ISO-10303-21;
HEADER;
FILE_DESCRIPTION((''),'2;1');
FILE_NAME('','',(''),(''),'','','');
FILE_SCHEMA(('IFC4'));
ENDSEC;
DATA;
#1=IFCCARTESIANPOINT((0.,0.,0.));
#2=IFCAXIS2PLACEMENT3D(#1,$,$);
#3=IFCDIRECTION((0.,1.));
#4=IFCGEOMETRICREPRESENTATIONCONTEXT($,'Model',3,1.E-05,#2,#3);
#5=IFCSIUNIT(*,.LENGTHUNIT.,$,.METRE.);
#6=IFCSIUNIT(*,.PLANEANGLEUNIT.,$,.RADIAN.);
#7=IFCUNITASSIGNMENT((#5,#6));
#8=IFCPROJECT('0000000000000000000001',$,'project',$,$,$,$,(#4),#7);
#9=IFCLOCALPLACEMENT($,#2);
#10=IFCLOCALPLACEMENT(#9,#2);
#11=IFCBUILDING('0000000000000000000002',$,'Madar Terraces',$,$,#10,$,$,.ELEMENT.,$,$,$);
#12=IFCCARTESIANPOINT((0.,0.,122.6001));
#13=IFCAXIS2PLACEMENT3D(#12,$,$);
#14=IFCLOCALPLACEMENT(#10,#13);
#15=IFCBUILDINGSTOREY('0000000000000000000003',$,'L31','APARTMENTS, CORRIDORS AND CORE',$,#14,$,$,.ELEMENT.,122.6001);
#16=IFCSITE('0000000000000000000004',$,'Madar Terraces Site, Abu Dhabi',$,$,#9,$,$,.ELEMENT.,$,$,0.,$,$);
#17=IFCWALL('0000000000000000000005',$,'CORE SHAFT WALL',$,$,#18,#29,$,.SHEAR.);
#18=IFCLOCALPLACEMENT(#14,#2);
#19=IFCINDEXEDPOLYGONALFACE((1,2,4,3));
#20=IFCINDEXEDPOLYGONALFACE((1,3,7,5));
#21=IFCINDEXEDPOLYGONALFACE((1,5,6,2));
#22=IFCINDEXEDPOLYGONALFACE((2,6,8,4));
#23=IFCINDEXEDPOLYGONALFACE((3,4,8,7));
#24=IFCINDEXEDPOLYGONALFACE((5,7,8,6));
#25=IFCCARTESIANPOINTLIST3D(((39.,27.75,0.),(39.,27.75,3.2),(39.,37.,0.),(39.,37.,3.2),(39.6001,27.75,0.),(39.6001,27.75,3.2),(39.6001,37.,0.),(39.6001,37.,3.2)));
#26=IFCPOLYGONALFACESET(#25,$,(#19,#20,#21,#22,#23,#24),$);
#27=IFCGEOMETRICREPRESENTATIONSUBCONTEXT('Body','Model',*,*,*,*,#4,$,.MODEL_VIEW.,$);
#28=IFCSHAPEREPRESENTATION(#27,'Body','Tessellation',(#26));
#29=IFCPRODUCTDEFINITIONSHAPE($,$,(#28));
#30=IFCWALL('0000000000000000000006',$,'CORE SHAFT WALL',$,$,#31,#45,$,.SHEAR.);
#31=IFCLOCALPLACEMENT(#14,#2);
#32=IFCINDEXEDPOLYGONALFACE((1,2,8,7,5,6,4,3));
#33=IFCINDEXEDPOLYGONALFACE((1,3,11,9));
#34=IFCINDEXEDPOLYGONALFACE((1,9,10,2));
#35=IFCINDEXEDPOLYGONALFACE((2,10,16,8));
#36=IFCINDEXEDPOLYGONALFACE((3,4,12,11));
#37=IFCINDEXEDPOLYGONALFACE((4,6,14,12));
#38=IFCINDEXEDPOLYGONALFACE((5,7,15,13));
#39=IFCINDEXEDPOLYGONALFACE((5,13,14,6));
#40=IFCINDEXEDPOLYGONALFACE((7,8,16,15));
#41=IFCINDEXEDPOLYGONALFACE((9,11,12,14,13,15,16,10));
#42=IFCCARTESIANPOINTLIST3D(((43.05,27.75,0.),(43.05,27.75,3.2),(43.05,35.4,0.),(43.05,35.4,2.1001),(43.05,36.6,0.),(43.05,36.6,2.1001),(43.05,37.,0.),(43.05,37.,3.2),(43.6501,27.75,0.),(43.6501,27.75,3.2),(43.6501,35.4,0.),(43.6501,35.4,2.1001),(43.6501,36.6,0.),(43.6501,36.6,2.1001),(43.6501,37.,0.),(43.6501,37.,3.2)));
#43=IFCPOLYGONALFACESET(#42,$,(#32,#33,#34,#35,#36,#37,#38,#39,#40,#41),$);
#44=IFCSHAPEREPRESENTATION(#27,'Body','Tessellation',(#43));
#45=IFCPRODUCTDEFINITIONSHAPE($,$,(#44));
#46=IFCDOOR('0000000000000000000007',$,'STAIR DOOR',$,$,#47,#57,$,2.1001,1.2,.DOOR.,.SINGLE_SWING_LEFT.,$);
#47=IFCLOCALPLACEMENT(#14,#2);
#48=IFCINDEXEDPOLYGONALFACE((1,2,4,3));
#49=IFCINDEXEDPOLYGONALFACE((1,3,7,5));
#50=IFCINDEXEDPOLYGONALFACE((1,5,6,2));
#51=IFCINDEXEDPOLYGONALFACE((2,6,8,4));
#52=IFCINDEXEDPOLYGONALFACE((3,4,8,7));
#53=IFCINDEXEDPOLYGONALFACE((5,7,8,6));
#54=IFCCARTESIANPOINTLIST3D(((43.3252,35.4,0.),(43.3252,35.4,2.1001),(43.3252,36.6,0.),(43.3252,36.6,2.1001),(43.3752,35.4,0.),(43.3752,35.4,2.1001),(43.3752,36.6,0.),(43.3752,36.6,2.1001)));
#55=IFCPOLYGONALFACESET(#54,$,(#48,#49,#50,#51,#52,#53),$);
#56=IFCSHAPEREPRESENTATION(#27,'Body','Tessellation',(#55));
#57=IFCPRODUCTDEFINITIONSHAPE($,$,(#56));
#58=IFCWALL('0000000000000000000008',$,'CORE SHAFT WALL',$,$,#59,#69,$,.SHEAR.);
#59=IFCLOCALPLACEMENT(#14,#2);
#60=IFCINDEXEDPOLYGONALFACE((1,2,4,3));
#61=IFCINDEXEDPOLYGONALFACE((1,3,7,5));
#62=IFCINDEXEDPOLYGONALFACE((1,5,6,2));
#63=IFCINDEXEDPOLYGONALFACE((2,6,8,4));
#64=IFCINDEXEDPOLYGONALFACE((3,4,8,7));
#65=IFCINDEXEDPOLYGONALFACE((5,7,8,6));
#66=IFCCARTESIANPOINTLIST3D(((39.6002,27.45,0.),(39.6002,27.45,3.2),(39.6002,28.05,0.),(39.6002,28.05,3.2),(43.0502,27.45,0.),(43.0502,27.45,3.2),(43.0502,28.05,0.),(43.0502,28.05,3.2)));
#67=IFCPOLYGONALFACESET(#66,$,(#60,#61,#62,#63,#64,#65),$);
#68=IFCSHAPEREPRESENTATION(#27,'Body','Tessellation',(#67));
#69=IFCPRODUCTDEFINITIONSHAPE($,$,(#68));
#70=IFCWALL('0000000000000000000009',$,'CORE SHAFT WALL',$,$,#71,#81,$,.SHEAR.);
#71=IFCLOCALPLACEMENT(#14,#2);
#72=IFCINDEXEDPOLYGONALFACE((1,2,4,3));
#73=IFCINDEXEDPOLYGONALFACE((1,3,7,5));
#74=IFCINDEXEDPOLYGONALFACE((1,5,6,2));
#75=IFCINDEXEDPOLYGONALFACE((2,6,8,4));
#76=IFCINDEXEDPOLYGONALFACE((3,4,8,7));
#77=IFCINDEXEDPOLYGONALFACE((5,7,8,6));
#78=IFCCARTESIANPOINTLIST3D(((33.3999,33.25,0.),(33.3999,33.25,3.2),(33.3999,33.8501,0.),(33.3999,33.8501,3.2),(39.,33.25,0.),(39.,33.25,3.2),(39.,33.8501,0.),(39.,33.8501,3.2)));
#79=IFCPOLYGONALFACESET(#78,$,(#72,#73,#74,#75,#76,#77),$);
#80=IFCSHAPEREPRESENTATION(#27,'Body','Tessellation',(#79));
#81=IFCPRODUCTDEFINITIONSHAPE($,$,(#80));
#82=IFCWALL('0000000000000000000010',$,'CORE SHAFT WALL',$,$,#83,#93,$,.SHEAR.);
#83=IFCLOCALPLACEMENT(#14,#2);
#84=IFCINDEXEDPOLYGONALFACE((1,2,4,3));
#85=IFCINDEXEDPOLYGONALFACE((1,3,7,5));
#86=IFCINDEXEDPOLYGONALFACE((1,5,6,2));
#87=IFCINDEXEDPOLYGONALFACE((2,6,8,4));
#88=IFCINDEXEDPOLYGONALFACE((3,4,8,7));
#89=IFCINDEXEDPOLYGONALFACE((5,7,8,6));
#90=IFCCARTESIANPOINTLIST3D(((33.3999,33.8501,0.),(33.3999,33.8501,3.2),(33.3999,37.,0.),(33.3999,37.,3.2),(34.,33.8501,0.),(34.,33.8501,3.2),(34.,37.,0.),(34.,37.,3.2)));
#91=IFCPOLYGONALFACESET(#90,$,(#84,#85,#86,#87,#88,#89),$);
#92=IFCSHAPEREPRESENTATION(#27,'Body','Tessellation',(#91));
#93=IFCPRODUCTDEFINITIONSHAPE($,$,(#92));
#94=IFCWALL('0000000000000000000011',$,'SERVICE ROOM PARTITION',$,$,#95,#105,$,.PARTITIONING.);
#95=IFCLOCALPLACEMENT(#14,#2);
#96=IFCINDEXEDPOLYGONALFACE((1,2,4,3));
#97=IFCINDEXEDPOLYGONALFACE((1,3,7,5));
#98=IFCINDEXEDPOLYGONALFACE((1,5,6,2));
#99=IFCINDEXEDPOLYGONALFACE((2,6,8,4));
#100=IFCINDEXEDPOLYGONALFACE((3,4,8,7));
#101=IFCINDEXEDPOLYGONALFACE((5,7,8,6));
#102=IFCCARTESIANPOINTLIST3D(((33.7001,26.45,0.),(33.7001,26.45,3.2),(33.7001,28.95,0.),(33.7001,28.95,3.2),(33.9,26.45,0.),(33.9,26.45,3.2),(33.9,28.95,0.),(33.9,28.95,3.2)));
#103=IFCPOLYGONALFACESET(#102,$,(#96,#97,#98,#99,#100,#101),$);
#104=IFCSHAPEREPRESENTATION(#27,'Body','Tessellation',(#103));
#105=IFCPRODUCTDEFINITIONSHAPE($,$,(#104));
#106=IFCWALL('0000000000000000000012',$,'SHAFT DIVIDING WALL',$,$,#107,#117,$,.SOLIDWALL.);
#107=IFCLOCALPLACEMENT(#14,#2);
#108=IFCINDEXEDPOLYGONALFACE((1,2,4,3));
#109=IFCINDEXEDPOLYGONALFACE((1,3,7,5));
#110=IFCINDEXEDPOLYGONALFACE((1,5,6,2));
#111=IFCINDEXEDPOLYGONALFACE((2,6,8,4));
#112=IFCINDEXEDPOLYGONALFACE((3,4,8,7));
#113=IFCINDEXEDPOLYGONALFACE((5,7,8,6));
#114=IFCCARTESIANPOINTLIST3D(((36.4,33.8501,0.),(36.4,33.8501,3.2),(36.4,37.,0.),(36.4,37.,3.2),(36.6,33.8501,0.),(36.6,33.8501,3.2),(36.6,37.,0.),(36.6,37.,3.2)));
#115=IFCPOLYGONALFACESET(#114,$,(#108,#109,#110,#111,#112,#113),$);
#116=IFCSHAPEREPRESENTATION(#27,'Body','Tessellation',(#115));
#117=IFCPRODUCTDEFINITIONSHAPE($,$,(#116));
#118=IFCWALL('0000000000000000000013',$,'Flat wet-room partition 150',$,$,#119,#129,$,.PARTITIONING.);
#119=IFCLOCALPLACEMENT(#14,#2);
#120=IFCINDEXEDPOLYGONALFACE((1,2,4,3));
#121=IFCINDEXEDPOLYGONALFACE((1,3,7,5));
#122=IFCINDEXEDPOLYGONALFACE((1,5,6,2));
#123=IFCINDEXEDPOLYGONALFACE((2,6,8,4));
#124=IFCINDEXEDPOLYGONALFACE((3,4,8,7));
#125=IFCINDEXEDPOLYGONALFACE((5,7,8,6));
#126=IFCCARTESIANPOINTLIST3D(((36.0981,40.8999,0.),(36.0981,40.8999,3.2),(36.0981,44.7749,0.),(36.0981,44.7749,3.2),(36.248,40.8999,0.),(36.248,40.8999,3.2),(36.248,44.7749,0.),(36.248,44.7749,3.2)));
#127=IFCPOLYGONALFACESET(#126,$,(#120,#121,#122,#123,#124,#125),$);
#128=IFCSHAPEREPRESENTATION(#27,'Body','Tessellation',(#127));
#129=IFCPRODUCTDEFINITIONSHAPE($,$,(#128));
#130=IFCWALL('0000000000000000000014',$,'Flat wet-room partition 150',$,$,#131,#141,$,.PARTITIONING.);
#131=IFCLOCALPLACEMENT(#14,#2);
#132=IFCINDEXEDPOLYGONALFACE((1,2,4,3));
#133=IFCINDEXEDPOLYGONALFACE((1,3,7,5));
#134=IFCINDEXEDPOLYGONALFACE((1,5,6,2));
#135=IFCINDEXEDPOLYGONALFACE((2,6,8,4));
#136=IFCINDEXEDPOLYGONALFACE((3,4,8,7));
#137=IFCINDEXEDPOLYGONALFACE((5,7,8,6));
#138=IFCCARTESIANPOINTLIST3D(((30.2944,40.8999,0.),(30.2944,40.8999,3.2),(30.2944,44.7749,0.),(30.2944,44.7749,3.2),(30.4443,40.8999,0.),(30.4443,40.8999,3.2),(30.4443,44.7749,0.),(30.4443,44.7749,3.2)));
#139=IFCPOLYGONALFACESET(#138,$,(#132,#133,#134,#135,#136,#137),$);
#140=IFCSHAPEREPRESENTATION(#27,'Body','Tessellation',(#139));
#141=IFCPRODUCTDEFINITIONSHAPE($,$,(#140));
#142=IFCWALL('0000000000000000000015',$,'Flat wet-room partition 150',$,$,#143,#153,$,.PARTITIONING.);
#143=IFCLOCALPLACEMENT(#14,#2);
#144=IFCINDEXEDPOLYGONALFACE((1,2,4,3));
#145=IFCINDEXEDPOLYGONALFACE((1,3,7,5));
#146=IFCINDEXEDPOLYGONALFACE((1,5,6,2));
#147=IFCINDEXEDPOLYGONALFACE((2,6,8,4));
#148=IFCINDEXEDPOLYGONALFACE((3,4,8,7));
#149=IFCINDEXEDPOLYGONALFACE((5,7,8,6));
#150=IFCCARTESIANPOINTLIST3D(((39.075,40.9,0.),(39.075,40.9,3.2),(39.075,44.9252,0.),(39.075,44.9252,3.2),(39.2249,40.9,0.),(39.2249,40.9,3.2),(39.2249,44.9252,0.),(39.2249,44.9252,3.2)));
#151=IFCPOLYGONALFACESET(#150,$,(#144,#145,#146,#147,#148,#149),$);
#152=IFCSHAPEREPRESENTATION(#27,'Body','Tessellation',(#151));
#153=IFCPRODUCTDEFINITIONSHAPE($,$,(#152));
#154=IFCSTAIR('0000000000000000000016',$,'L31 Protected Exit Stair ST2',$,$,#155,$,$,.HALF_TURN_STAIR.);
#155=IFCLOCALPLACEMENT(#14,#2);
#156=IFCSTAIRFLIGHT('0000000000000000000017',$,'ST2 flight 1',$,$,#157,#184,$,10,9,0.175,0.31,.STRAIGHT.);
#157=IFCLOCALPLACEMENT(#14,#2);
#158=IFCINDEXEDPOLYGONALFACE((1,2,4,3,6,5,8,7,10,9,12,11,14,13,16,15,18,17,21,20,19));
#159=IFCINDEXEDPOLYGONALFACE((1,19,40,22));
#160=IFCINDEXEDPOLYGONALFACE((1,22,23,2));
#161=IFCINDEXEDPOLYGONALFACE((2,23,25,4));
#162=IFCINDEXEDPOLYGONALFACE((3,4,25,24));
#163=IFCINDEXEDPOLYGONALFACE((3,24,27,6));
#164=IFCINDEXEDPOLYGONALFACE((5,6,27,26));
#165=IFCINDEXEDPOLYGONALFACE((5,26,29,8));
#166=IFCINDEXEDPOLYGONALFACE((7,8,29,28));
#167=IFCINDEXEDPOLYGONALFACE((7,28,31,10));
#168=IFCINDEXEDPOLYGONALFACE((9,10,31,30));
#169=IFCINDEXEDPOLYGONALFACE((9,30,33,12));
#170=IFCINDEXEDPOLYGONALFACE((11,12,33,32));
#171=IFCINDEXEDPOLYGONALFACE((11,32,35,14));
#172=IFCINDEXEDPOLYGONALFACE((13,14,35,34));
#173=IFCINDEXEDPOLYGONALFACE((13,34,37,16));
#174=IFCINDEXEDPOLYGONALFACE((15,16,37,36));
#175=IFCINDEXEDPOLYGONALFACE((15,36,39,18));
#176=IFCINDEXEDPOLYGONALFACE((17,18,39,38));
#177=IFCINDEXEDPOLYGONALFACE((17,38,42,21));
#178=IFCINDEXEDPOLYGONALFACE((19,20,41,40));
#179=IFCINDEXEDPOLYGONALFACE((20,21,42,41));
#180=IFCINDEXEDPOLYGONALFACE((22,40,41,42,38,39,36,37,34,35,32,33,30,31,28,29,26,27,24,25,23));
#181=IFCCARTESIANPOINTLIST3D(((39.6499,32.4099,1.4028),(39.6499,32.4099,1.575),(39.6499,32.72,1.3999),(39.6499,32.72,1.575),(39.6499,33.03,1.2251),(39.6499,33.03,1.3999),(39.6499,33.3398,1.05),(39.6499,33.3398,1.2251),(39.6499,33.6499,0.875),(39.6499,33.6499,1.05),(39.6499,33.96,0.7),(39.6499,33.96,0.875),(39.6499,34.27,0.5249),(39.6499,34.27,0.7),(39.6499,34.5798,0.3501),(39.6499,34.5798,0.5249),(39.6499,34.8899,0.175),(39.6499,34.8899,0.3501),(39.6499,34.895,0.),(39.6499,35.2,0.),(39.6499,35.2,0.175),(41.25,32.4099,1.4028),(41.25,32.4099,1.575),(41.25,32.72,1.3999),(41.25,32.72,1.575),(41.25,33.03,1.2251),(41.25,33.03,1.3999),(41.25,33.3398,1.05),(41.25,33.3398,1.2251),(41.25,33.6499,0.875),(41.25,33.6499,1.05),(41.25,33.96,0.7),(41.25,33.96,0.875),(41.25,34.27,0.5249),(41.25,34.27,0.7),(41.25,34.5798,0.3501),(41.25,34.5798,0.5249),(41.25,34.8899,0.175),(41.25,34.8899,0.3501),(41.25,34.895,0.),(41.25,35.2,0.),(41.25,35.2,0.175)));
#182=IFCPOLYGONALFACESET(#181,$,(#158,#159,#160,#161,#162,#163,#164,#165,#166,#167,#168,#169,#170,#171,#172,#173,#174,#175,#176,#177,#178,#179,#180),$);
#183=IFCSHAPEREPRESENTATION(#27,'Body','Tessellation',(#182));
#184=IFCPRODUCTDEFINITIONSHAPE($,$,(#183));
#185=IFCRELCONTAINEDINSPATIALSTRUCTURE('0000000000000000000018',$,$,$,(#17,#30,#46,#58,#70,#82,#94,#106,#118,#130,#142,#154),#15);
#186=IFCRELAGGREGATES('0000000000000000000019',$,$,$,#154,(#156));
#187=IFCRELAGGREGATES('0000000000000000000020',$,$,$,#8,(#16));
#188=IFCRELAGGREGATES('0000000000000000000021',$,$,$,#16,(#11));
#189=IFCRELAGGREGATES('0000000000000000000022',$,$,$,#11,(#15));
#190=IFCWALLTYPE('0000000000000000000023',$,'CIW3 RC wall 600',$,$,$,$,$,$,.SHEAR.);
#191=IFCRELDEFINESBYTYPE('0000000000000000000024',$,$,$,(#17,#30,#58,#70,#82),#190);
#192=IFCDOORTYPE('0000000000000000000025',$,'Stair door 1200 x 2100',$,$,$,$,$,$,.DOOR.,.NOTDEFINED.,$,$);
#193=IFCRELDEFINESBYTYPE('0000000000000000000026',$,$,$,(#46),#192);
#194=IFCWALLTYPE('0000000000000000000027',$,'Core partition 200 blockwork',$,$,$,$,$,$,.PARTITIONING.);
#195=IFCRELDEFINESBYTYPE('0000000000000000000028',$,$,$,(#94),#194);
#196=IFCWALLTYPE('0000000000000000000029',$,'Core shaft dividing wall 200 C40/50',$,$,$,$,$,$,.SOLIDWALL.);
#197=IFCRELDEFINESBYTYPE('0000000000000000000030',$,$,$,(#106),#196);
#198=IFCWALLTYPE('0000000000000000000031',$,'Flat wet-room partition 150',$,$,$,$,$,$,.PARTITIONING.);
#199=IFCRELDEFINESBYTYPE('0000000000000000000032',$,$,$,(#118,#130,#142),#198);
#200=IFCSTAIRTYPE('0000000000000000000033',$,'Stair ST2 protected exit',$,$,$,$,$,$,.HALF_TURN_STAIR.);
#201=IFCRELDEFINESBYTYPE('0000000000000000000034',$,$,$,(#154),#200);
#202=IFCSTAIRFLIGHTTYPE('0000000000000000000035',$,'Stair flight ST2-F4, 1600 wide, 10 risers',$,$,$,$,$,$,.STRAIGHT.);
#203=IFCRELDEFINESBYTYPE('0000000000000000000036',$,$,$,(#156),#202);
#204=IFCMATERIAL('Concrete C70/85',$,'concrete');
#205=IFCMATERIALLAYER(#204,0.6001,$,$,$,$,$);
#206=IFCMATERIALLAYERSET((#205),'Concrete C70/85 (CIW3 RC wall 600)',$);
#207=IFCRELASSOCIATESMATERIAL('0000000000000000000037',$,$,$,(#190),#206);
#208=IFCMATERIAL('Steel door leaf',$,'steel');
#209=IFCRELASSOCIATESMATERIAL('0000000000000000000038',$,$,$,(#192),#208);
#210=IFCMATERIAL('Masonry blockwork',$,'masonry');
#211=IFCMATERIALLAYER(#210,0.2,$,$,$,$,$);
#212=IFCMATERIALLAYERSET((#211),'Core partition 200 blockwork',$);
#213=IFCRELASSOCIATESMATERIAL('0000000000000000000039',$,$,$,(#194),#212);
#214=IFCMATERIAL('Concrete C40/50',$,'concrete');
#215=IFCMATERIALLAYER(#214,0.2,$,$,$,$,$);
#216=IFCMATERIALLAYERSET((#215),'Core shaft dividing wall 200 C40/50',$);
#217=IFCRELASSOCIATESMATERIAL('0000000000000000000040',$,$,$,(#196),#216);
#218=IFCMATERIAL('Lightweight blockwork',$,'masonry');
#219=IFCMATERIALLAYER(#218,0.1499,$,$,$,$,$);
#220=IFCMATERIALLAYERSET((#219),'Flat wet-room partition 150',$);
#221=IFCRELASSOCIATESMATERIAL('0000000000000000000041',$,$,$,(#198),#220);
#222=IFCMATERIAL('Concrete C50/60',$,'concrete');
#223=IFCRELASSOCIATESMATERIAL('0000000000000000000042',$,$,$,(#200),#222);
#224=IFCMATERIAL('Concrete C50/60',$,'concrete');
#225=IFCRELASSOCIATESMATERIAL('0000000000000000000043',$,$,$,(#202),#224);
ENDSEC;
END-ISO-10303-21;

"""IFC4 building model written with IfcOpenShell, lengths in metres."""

from ifc_helpers import new_model, si_unit, direction, frame, frame_2d, origin, place, context, subcontext, project, spatial, polyline, rectangle, outline, extrude, material, layer, layer_set, type_object, element, fill, aggregate, save


model = new_model("IFC4")

# Units and contexts
model_context = context("Model", 3, precision=1e-05, world=origin(), true_north=direction((0.0, 1.0)))
body_context = subcontext(model_context, "Body", "Model", "MODEL_VIEW")
ifc_project = project(units=[si_unit("LENGTHUNIT", "METRE"), si_unit("PLANEANGLEUNIT", "RADIAN")], contexts=[model_context])

# Site, building, storey
site_placement = place(None, origin())
site = spatial("IfcSite", under=ifc_project, at=site_placement, Name="Madar Terraces Site, Abu Dhabi", CompositionType="ELEMENT", RefElevation=0.0)
building_placement = place(site_placement, origin())
building = spatial("IfcBuilding", under=site, at=building_placement, Name="Madar Terraces", CompositionType="ELEMENT")
storey_placement = place(building_placement, frame((0.0, 0.0, 122.6001)))
storey = spatial("IfcBuildingStorey", under=building, at=storey_placement, Name="L31", Description="APARTMENTS, CORRIDORS AND CORE", CompositionType="ELEMENT", Elevation=122.6001)

# Wall
ifc_material_1 = material(Name="Concrete C70/85", Category="concrete")
ifc_layer_1 = layer(ifc_material_1, 0.6001)
ifc_layer_set_1 = layer_set([ifc_layer_1], Name="Concrete C70/85 (CIW3 RC wall 600)")
wall_type_1 = type_object("IfcWallType", Name="CIW3 RC wall 600", PredefinedType="SHEAR", material=ifc_layer_set_1)
wall_1_placement = place(storey_placement, frame((39.3, 27.75, 0.0), z_axis=(0.0, 0.0, 1.0), x_axis=(0.0, 1.0, 0.0)))
element("IfcWall", 1, at=wall_1_placement, inside=storey, type_object=wall_type_1, Name="CORE SHAFT WALL", PredefinedType="SHEAR", context=body_context, shape_type="SweptSolid", body=[
    extrude(rectangle(XDim=9.25, YDim=0.6001, at=frame_2d((4.625, 0.0))), origin(), (0.0, 0.0, 1.0), 3.2),
])

# Wall, opening, door
wall_2_placement = place(storey_placement, frame((43.3501, 27.75, 0.0), z_axis=(0.0, 0.0, 1.0), x_axis=(0.0, 1.0, 0.0)))
wall_2 = element("IfcWall", 2, at=wall_2_placement, inside=storey, type_object=wall_type_1, Name="CORE SHAFT WALL", PredefinedType="SHEAR", context=body_context, shape_type="SweptSolid", body=[
    extrude(rectangle(XDim=9.25, YDim=0.6001, at=frame_2d((4.625, 0.0))), origin(), (0.0, 0.0, 1.0), 3.2),
])
opening_placement = place(wall_2_placement, frame((7.6499, 0.0, 0.0)))
opening = element("IfcOpeningElement", 3, at=opening_placement, cuts=wall_2, PredefinedType="OPENING", context=body_context, shape_type="SweptSolid", body=[
    extrude(rectangle(XDim=1.2, YDim=2.1001, at=frame_2d((0.6001, 1.05))), frame((0.0, 0.3101, 0.0), z_axis=(0.0, -1.0, 0.0), x_axis=(1.0, 0.0, 0.0)), (0.0, 0.0, 1.0), 0.6201),
])
ifc_material_2 = material(Name="Steel door leaf", Category="steel")
door_type = type_object("IfcDoorType", Name="Stair door 1200 x 2100", OperationType="NOTDEFINED", PredefinedType="DOOR", material=ifc_material_2)
door_placement = place(opening_placement, origin())
door = element("IfcDoor", 4, at=door_placement, inside=storey, type_object=door_type, Name="STAIR DOOR", OperationType="SINGLE_SWING_LEFT", OverallHeight=2.1001, OverallWidth=1.2, PredefinedType="DOOR", context=body_context, shape_type="SweptSolid", body=[
    extrude(rectangle(XDim=1.2, YDim=2.1001, at=frame_2d((0.6001, 1.05))), frame((0.0, 0.0249, 0.0), z_axis=(0.0, -1.0, 0.0), x_axis=(1.0, 0.0, 0.0)), (0.0, 0.0, 1.0), 0.05),
])
fill(opening, door)

# Walls
wall_3_placement = place(storey_placement, frame((39.6001, 27.75, 0.0), z_axis=(0.0, 0.0, 1.0), x_axis=(1.0, 0.0, 0.0)))
element("IfcWall", 5, at=wall_3_placement, inside=storey, type_object=wall_type_1, Name="CORE SHAFT WALL", PredefinedType="SHEAR", context=body_context, shape_type="SweptSolid", body=[
    extrude(rectangle(XDim=3.45, YDim=0.6001, at=frame_2d((1.7251, 0.0))), origin(), (0.0, 0.0, 1.0), 3.2),
])
wall_4_placement = place(storey_placement, frame((33.3999, 33.55, 0.0), z_axis=(0.0, 0.0, 1.0), x_axis=(1.0, 0.0, 0.0)))
element("IfcWall", 6, at=wall_4_placement, inside=storey, type_object=wall_type_1, Name="CORE SHAFT WALL", PredefinedType="SHEAR", context=body_context, shape_type="SweptSolid", body=[
    extrude(rectangle(XDim=5.6001, YDim=0.6001, at=frame_2d((2.8, 0.0))), origin(), (0.0, 0.0, 1.0), 3.2),
])
wall_5_placement = place(storey_placement, frame((33.7, 33.8501, 0.0), z_axis=(0.0, 0.0, 1.0), x_axis=(0.0, 1.0, 0.0)))
element("IfcWall", 7, at=wall_5_placement, inside=storey, type_object=wall_type_1, Name="CORE SHAFT WALL", PredefinedType="SHEAR", context=body_context, shape_type="SweptSolid", body=[
    extrude(rectangle(XDim=3.1499, YDim=0.6001, at=frame_2d((1.575, 0.0))), origin(), (0.0, 0.0, 1.0), 3.2),
])
ifc_material_3 = material(Name="Masonry blockwork", Category="masonry")
ifc_layer_2 = layer(ifc_material_3, 0.2)
ifc_layer_set_2 = layer_set([ifc_layer_2], Name="Core partition 200 blockwork")
wall_type_2 = type_object("IfcWallType", Name="Core partition 200 blockwork", PredefinedType="PARTITIONING", material=ifc_layer_set_2)
wall_6_placement = place(storey_placement, frame((33.8, 26.45, 0.0), z_axis=(0.0, 0.0, 1.0), x_axis=(0.0, 1.0, 0.0)))
element("IfcWall", 8, at=wall_6_placement, inside=storey, type_object=wall_type_2, Name="SERVICE ROOM PARTITION", PredefinedType="PARTITIONING", context=body_context, shape_type="SweptSolid", body=[
    extrude(rectangle(XDim=2.5, YDim=0.2, at=frame_2d((1.25, 0.0))), origin(), (0.0, 0.0, 1.0), 3.2),
])
ifc_material_4 = material(Name="Concrete C40/50", Category="concrete")
ifc_layer_3 = layer(ifc_material_4, 0.2)
ifc_layer_set_3 = layer_set([ifc_layer_3], Name="Core shaft dividing wall 200 C40/50")
wall_type_3 = type_object("IfcWallType", Name="Core shaft dividing wall 200 C40/50", PredefinedType="SOLIDWALL", material=ifc_layer_set_3)
wall_7_placement = place(storey_placement, frame((36.5, 33.8501, 0.0), z_axis=(0.0, 0.0, 1.0), x_axis=(0.0, 1.0, 0.0)))
element("IfcWall", 9, at=wall_7_placement, inside=storey, type_object=wall_type_3, Name="SHAFT DIVIDING WALL", PredefinedType="SOLIDWALL", context=body_context, shape_type="SweptSolid", body=[
    extrude(rectangle(XDim=3.1499, YDim=0.2, at=frame_2d((1.575, 0.0))), origin(), (0.0, 0.0, 1.0), 3.2),
])
ifc_material_5 = material(Name="Lightweight blockwork", Category="masonry")
ifc_layer_4 = layer(ifc_material_5, 0.1499)
ifc_layer_set_4 = layer_set([ifc_layer_4], Name="Flat wet-room partition 150")
wall_type_4 = type_object("IfcWallType", Name="Flat wet-room partition 150", PredefinedType="PARTITIONING", material=ifc_layer_set_4)
for number, where, z_axis, x_axis, name in (
    (10, (36.1731, 40.8999, 0.0), (0.0, 0.0, 1.0), (0.0, 1.0, 0.0), "Flat wet-room partition 150"),
    (11, (30.3694, 40.8999, 0.0), (0.0, 0.0, 1.0), (0.0, 1.0, 0.0), "Flat wet-room partition 150"),
):
    element("IfcWall", number, at=place(storey_placement, frame(where, z_axis=z_axis, x_axis=x_axis)), inside=storey, type_object=wall_type_4, Name=name, PredefinedType="PARTITIONING", context=body_context, shape_type="SweptSolid", body=[
        extrude(rectangle(XDim=3.875, YDim=0.1499, at=frame_2d((1.9375, 0.0))), origin(), (0.0, 0.0, 1.0), 3.2),
    ])
wall_8_placement = place(storey_placement, frame((39.1499, 40.8999, 0.0), z_axis=(0.0, 0.0, 1.0), x_axis=(0.0, 1.0, 0.0)))
element("IfcWall", 12, at=wall_8_placement, inside=storey, type_object=wall_type_4, Name="Flat wet-room partition 150", PredefinedType="PARTITIONING", context=body_context, shape_type="SweptSolid", body=[
    extrude(rectangle(XDim=4.0251, YDim=0.1499, at=frame_2d((2.0127, 0.0))), origin(), (0.0, 0.0, 1.0), 3.2),
])

# Stair, stair flight
ifc_material_6 = material(Name="Concrete C50/60", Category="concrete")
stair_type = type_object("IfcStairType", Name="Stair ST2 protected exit", PredefinedType="HALF_TURN_STAIR", material=ifc_material_6)
stair_placement = place(storey_placement, origin())
stair = element("IfcStair", 13, at=stair_placement, inside=storey, type_object=stair_type, Name="L31 Protected Exit Stair ST2", PredefinedType="HALF_TURN_STAIR")
ifc_material_7 = material(Name="Concrete C50/60", Category="concrete")
stair_flight_type = type_object("IfcStairFlightType", Name="Stair flight ST2-F4, 1600 wide, 10 risers", PredefinedType="STRAIGHT", material=ifc_material_7)
stair_flight_1_placement = place(storey_placement, frame((40.45, 35.2, 0.0), z_axis=(0.0, 0.0, 1.0), x_axis=(0.0, -1.0, 0.0)))
stair_flight_1 = element("IfcStairFlight", 14, at=stair_flight_1_placement, type_object=stair_flight_type, Name="ST2 flight 1", NumberOfRisers=10, NumberOfTreads=9, PredefinedType="STRAIGHT", RiserHeight=0.175, TreadLength=0.31, context=body_context, shape_type="SweptSolid", body=[
    extrude(outline(polyline([(0.0, 0.0), (0.0, 0.175), (0.3101, 0.175), (0.3101, 0.3501), (0.6201, 0.3501), (0.6201, 0.5249), (0.9299, 0.5249), (0.9299, 0.7), (1.24, 0.7), (1.24, 0.875), (1.55, 0.875), (1.55, 1.05), (1.8601, 1.05), (1.8601, 1.2251), (2.1699, 1.2251), (2.1699, 1.3999), (2.48, 1.3999), (2.48, 1.575), (2.79, 1.575), (2.79, 1.75), (2.79, 1.4028), (0.3049, 0.0), (0.0, 0.0)])), frame((0.0, 0.8, 0.0), z_axis=(0.0, -1.0, 0.0), x_axis=(1.0, 0.0, 0.0)), (0.0, 0.0, 1.0), 1.6001),
])
aggregate(stair, [stair_flight_1])

save(model, "model.ifc")
